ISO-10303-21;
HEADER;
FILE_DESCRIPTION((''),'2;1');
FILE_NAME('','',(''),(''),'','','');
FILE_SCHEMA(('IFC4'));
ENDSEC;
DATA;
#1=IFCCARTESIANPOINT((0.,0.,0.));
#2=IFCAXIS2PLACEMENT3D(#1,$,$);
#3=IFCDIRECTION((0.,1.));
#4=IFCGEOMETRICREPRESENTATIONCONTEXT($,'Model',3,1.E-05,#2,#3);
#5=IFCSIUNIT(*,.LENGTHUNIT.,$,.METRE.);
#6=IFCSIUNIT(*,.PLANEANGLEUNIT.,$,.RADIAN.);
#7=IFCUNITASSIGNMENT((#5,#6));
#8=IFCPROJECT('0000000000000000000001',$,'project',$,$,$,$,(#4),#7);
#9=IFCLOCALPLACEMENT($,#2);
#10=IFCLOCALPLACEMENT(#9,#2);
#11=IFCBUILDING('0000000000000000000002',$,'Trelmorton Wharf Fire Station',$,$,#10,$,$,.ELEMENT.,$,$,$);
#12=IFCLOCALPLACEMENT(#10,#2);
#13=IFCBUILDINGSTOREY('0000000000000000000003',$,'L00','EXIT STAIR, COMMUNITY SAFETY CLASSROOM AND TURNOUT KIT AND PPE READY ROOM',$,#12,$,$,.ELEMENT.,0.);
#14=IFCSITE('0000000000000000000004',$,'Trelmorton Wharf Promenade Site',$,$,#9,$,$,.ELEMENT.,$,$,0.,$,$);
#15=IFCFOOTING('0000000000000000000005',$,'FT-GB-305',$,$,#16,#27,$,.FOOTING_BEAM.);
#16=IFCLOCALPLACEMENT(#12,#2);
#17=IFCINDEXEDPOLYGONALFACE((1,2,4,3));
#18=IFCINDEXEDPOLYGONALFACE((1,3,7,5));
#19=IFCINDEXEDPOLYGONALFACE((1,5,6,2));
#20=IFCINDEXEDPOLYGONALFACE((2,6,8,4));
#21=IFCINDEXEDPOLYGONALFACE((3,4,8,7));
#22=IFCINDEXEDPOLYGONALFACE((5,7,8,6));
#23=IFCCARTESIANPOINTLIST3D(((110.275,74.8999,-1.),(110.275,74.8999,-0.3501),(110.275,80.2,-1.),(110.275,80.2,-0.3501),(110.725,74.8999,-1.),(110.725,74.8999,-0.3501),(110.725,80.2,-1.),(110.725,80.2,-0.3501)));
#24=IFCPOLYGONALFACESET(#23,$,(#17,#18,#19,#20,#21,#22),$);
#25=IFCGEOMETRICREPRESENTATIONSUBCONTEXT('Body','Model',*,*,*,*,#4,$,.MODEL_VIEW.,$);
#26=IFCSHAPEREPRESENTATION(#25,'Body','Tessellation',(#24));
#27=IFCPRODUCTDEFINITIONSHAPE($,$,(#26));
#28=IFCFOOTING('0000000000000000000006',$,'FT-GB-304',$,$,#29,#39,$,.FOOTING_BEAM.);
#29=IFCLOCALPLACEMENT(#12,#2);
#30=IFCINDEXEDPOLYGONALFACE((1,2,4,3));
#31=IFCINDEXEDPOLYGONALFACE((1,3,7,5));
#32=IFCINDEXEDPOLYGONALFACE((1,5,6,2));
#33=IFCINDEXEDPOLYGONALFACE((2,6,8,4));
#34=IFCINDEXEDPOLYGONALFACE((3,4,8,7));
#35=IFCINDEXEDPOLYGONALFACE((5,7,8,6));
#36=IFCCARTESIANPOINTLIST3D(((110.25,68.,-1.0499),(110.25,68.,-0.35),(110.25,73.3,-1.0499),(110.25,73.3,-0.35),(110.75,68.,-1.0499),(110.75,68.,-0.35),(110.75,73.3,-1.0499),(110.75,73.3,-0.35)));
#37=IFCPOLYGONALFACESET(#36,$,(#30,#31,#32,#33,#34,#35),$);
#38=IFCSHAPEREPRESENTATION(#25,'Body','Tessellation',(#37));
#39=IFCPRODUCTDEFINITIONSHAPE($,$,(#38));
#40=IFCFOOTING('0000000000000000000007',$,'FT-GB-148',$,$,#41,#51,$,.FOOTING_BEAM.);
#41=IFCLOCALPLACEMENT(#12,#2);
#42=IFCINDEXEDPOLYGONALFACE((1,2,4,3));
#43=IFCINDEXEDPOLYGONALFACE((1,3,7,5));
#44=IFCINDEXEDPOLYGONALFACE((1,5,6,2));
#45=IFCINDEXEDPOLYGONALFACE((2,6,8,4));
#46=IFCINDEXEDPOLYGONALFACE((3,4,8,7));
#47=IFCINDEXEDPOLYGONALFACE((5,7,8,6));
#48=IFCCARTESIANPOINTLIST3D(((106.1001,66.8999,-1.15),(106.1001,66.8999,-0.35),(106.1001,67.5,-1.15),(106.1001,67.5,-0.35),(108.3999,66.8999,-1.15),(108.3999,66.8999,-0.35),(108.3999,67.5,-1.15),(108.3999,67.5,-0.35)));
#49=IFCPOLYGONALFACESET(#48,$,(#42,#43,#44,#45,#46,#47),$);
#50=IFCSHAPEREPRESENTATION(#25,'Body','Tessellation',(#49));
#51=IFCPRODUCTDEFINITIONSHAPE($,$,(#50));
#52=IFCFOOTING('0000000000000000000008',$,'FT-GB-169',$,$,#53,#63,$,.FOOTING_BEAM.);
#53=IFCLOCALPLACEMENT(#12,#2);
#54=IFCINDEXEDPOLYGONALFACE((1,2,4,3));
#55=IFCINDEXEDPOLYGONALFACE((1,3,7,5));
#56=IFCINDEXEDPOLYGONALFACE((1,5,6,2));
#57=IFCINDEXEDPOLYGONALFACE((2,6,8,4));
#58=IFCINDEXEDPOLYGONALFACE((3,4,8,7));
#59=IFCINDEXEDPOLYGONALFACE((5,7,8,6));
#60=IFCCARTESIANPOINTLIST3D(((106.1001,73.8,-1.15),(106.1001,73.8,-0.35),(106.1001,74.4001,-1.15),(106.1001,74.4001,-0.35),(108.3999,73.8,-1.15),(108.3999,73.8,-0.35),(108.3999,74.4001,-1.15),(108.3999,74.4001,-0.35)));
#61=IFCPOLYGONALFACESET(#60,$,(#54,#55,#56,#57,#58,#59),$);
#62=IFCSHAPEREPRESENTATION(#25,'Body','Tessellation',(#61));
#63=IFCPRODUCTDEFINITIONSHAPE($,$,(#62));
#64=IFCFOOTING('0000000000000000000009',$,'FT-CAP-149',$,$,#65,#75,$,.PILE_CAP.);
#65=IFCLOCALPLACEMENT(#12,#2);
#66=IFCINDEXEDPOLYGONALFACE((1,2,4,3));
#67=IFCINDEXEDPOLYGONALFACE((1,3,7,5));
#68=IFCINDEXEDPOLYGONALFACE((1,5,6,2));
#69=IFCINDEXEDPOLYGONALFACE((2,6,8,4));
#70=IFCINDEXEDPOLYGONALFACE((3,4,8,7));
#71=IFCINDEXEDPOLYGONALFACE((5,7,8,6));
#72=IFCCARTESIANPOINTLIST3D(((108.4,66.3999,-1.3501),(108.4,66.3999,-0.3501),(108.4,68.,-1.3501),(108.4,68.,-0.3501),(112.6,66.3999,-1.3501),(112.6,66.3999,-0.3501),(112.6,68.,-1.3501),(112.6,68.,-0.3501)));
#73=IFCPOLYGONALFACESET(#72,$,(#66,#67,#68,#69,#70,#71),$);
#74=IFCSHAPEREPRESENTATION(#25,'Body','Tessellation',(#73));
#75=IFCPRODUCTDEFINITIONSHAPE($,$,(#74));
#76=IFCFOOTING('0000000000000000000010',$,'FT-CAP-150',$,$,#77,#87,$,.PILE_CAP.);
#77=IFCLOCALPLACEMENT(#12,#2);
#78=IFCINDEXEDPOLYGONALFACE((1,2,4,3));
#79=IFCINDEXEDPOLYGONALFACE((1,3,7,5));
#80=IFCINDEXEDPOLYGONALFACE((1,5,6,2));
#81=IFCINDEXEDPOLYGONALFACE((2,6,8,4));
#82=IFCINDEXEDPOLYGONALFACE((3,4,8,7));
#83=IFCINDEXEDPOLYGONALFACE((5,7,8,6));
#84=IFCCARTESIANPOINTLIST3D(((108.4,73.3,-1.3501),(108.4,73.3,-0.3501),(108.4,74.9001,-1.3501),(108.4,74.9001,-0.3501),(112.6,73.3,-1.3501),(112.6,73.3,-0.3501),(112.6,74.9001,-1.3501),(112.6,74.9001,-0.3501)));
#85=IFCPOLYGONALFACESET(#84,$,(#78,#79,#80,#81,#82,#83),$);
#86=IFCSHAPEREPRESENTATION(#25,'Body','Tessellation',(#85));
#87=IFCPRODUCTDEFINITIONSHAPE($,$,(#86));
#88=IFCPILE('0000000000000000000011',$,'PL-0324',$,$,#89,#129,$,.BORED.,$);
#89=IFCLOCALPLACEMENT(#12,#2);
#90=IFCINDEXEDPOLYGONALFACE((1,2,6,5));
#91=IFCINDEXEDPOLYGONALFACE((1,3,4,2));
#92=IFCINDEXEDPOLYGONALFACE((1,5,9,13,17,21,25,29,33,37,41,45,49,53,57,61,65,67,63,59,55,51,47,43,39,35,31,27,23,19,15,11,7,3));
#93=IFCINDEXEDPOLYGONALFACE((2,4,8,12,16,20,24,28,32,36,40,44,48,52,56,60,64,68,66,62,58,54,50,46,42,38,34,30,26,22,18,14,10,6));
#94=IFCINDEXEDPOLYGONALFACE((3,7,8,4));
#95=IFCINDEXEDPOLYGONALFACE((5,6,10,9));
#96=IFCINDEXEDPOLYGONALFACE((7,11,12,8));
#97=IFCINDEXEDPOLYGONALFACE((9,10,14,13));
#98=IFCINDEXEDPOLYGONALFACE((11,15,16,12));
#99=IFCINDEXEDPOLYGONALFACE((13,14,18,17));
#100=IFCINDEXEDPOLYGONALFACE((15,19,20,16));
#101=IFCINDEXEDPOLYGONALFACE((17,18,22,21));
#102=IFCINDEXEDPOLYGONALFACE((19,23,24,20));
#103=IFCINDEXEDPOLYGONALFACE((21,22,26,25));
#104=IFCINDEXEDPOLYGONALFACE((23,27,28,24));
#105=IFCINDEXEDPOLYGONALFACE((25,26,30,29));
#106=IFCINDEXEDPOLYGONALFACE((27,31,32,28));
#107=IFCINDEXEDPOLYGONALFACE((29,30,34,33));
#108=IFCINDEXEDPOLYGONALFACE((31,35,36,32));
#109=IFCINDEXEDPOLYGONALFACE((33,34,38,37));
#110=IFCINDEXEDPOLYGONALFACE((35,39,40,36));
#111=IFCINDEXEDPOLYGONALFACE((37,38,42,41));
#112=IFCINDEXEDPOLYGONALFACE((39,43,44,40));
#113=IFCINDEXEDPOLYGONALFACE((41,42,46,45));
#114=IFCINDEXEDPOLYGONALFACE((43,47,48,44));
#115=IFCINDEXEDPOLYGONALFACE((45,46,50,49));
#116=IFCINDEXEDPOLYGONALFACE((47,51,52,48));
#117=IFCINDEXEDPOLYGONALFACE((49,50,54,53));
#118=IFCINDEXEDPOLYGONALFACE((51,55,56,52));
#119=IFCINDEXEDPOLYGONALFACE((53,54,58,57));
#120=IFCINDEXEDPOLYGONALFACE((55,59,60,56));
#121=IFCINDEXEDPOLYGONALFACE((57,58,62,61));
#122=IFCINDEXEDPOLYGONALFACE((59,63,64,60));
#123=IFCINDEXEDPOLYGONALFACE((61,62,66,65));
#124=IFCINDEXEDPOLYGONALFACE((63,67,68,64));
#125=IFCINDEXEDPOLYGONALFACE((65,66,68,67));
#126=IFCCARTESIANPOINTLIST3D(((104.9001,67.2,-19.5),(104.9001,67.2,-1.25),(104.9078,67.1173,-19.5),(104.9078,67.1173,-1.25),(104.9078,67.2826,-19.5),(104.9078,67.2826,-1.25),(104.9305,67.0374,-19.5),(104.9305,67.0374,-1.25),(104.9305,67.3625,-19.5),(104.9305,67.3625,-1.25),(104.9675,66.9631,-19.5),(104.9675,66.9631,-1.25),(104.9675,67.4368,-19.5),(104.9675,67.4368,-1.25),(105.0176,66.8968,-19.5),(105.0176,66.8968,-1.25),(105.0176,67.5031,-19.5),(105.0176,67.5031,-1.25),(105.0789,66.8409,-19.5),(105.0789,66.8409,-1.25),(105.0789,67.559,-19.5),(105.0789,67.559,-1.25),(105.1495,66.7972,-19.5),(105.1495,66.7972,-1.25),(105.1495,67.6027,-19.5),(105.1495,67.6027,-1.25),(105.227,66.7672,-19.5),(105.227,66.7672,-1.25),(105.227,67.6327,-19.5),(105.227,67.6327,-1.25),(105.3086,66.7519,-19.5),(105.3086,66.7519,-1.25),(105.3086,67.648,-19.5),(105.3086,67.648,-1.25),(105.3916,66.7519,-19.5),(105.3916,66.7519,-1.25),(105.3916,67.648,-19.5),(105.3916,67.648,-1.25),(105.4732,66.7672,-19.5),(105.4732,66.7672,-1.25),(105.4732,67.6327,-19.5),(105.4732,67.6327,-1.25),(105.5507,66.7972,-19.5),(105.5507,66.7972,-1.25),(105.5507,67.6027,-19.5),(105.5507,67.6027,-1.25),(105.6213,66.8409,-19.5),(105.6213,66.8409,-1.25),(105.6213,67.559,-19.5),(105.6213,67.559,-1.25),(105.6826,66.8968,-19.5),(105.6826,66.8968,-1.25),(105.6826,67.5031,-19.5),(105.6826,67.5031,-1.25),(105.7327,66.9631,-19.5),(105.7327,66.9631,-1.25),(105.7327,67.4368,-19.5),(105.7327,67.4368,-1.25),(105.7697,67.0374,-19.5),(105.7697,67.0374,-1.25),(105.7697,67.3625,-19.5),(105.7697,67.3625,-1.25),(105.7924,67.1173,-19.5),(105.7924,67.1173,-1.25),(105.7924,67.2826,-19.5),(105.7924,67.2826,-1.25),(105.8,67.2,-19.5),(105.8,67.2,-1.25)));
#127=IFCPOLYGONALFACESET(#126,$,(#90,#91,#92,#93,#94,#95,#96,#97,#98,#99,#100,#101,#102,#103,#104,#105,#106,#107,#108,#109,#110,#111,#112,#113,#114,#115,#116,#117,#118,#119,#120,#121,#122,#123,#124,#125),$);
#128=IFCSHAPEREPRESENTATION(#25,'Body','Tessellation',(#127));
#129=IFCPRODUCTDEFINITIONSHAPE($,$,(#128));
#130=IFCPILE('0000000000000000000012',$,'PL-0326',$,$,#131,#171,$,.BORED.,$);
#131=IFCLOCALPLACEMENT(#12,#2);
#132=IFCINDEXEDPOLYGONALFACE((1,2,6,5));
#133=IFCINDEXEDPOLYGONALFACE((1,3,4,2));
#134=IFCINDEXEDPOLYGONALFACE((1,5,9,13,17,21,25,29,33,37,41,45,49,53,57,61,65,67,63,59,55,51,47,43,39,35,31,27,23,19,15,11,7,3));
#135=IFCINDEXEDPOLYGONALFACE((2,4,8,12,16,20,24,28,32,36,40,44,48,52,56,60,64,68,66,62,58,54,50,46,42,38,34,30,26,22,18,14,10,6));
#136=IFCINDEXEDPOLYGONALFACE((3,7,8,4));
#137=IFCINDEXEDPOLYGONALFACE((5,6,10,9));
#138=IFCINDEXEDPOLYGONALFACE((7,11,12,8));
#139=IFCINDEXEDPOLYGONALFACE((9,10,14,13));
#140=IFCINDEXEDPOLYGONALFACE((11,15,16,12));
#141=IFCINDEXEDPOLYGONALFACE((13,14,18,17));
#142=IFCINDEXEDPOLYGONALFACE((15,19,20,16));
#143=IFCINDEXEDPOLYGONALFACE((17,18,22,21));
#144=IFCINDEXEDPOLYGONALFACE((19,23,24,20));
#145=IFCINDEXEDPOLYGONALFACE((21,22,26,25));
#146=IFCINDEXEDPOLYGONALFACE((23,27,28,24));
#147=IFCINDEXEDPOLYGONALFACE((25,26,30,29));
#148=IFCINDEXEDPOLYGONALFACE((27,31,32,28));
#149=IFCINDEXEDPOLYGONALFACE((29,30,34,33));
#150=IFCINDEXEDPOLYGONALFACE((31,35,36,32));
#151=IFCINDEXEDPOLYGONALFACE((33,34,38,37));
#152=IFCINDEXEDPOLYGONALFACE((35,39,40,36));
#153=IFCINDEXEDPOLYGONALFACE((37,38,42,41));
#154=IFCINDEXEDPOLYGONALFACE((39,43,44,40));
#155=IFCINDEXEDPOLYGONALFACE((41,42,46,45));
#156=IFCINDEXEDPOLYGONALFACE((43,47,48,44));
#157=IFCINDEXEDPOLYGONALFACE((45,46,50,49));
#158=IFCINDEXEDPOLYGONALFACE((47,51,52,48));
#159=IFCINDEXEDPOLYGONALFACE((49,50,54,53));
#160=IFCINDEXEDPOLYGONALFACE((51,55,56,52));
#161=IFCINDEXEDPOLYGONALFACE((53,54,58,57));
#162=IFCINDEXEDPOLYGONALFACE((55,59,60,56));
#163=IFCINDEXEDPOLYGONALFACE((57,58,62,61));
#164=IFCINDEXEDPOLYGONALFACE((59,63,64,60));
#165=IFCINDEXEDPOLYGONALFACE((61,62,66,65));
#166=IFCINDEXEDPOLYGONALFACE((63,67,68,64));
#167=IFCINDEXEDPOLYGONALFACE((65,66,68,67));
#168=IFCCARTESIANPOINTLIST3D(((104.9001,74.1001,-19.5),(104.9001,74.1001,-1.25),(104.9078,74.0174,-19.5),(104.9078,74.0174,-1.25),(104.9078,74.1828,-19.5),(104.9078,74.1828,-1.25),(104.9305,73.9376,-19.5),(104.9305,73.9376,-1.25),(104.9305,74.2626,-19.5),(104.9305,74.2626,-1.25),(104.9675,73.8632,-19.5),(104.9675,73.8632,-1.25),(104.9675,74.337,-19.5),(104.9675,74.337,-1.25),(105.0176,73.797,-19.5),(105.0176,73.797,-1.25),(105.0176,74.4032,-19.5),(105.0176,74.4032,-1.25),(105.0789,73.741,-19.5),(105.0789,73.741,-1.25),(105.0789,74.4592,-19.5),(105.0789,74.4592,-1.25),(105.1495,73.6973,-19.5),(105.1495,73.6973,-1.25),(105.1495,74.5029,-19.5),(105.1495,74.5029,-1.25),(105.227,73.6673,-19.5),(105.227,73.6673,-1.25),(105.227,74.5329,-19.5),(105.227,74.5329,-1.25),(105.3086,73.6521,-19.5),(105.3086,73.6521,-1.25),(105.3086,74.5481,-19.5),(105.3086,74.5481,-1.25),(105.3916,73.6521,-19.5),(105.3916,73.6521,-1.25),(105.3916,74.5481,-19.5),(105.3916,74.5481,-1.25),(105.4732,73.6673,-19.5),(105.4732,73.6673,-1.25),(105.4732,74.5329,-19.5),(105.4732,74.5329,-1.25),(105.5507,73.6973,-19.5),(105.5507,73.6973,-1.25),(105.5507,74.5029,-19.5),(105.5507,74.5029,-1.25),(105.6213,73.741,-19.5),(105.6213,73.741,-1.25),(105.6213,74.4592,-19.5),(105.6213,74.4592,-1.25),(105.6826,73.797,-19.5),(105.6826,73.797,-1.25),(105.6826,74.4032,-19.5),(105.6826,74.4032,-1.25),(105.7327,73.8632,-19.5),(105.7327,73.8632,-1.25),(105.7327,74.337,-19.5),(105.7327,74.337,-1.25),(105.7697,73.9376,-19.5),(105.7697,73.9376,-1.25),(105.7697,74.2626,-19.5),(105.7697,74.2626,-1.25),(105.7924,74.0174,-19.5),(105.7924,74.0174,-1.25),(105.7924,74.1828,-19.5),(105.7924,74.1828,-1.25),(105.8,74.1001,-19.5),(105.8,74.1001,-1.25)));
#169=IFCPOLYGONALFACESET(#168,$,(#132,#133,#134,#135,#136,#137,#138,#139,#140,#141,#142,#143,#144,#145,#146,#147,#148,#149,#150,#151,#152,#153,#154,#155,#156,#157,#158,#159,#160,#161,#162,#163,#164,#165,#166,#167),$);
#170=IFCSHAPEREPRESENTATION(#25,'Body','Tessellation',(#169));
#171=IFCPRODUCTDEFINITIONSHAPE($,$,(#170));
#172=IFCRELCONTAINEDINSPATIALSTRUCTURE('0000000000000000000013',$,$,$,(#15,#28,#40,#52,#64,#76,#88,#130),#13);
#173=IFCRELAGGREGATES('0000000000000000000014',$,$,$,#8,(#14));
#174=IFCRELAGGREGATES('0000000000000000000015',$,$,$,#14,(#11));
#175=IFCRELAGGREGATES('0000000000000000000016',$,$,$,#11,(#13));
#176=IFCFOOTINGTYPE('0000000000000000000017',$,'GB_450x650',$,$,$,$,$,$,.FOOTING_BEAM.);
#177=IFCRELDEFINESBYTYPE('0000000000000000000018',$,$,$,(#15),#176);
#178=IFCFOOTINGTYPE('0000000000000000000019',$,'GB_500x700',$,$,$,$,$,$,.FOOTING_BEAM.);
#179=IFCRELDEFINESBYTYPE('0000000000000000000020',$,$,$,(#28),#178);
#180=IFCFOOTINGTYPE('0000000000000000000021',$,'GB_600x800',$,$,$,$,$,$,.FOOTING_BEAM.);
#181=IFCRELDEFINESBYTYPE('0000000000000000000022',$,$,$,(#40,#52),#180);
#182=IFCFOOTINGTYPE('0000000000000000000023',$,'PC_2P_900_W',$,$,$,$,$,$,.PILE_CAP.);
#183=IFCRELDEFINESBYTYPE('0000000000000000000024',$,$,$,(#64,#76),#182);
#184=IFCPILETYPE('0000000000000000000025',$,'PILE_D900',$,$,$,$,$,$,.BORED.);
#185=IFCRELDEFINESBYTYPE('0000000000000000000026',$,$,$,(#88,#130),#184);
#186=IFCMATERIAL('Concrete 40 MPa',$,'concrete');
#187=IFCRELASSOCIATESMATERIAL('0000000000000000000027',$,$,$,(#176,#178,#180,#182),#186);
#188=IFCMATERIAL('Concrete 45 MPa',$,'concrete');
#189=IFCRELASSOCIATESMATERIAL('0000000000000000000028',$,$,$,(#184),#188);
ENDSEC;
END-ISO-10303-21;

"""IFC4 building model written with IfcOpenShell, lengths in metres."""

from ifc_helpers import new_model, si_unit, direction, frame, origin, origin_2d, place, context, subcontext, project, spatial, rectangle, circle, extrude, material, material_profile, profile_set, type_object, element, save


model = new_model("IFC4")

# Units and contexts
model_context = context("Model", 3, precision=1e-05, world=origin(), true_north=direction((0.0, 1.0)))
body_context = subcontext(model_context, "Body", "Model", "MODEL_VIEW")
ifc_project = project(units=[si_unit("LENGTHUNIT", "METRE"), si_unit("PLANEANGLEUNIT", "RADIAN")], contexts=[model_context])

# Site, building, storey
site_placement = place(None, origin())
site = spatial("IfcSite", under=ifc_project, at=site_placement, Name="Trelmorton Wharf Promenade Site", CompositionType="ELEMENT", RefElevation=0.0)
building_placement = place(site_placement, origin())
building = spatial("IfcBuilding", under=site, at=building_placement, Name="Trelmorton Wharf Fire Station", CompositionType="ELEMENT")
storey_placement = place(building_placement, origin())
storey = spatial("IfcBuildingStorey", under=building, at=storey_placement, Name="L00", Description="EXIT STAIR, COMMUNITY SAFETY CLASSROOM AND TURNOUT KIT AND PPE READY ROOM", CompositionType="ELEMENT", Elevation=0.0)

# Footings
ifc_material_1 = material(Name="Concrete 40 MPa", Category="concrete")
ifc_material_profile_1 = material_profile(ifc_material_1, rectangle(XDim=0.45, YDim=0.6499, at=origin_2d()), Name="RC450x650")
ifc_profile_set_1 = profile_set([ifc_material_profile_1], Name="Concrete 40 MPa")
footing_type_1 = type_object("IfcFootingType", Name="GB_450x650", PredefinedType="FOOTING_BEAM", material=ifc_profile_set_1)
footing_1_placement = place(storey_placement, frame((110.5, 74.8999, -0.675), z_axis=(0.0, 1.0, 0.0), x_axis=(-1.0, 0.0, 0.0)))
element("IfcFooting", 1, at=footing_1_placement, inside=storey, type_object=footing_type_1, Name="FT-GB-305", PredefinedType="FOOTING_BEAM", context=body_context, shape_type="SweptSolid", body=[
    extrude(rectangle(XDim=0.45, YDim=0.6499, at=origin_2d()), origin(), (0.0, 0.0, 1.0), 5.3),
])
ifc_material_profile_2 = material_profile(ifc_material_1, rectangle(XDim=0.5, YDim=0.7, at=origin_2d()), Name="RC500x700")
ifc_profile_set_2 = profile_set([ifc_material_profile_2], Name="Concrete 40 MPa")
footing_type_2 = type_object("IfcFootingType", Name="GB_500x700", PredefinedType="FOOTING_BEAM", material=ifc_profile_set_2)
footing_2_placement = place(storey_placement, frame((110.5, 68.0, -0.7), z_axis=(0.0, 1.0, 0.0), x_axis=(-1.0, 0.0, 0.0)))
element("IfcFooting", 2, at=footing_2_placement, inside=storey, type_object=footing_type_2, Name="FT-GB-304", PredefinedType="FOOTING_BEAM", context=body_context, shape_type="SweptSolid", body=[
    extrude(rectangle(XDim=0.5, YDim=0.7, at=origin_2d()), origin(), (0.0, 0.0, 1.0), 5.3),
])
ifc_material_profile_3 = material_profile(ifc_material_1, rectangle(XDim=0.6001, YDim=0.8, at=origin_2d()), Name="RC600x800")
ifc_profile_set_3 = profile_set([ifc_material_profile_3], Name="Concrete 40 MPa")
footing_type_3 = type_object("IfcFootingType", Name="GB_600x800", PredefinedType="FOOTING_BEAM", material=ifc_profile_set_3)
for number, where, z_axis, x_axis, name in (
    (3, (106.1001, 67.2, -0.75), (1.0, 0.0, 0.0), (0.0, 1.0, 0.0), "FT-GB-148"),
    (4, (106.1001, 74.1001, -0.75), (1.0, 0.0, 0.0), (0.0, 1.0, 0.0), "FT-GB-169"),
):
    element("IfcFooting", number, at=place(storey_placement, frame(where, z_axis=z_axis, x_axis=x_axis)), inside=storey, type_object=footing_type_3, Name=name, PredefinedType="FOOTING_BEAM", context=body_context, shape_type="SweptSolid", body=[
        extrude(rectangle(XDim=0.6001, YDim=0.8, at=origin_2d()), origin(), (0.0, 0.0, 1.0), 2.2998),
    ])
footing_type_4 = type_object("IfcFootingType", Name="PC_2P_900_W", PredefinedType="PILE_CAP", material=ifc_material_1)
for number, where, z_axis, x_axis, name in (
    (5, (110.5, 67.2, -1.3501), (0.0, 0.0, 1.0), (1.0, 0.0, 0.0), "FT-CAP-149"),
    (6, (110.5, 74.1001, -1.3501), (0.0, 0.0, 1.0), (1.0, 0.0, 0.0), "FT-CAP-150"),
):
    element("IfcFooting", number, at=place(storey_placement, frame(where, z_axis=z_axis, x_axis=x_axis)), inside=storey, type_object=footing_type_4, Name=name, PredefinedType="PILE_CAP", context=body_context, shape_type="SweptSolid", body=[
        extrude(rectangle(XDim=4.2, YDim=1.6001, at=origin_2d()), origin(), (0.0, 0.0, 1.0), 1.0),
    ])

# Piles
ifc_material_2 = material(Name="Concrete 45 MPa", Category="concrete")
ifc_material_profile_4 = material_profile(ifc_material_2, circle(Radius=0.45, at=origin_2d()), Name="PILE-D900")
ifc_profile_set_4 = profile_set([ifc_material_profile_4], Name="Concrete 45 MPa")
pile_type = type_object("IfcPileType", Name="PILE_D900", PredefinedType="BORED", material=ifc_profile_set_4)
for number, where, z_axis, x_axis, name in (
    (7, (105.3501, 67.2, -1.25), (0.0, 0.0, -1.0), (1.0, 0.0, 0.0), "PL-0324"),
    (8, (105.3501, 74.1001, -1.25), (0.0, 0.0, -1.0), (1.0, 0.0, 0.0), "PL-0326"),
):
    element("IfcPile", number, at=place(storey_placement, frame(where, z_axis=z_axis, x_axis=x_axis)), inside=storey, type_object=pile_type, Name=name, PredefinedType="BORED", context=body_context, shape_type="SweptSolid", body=[
        extrude(circle(Radius=0.45, at=origin_2d()), origin(), (0.0, 0.0, 1.0), 18.25),
    ])

save(model, "model.ifc")
